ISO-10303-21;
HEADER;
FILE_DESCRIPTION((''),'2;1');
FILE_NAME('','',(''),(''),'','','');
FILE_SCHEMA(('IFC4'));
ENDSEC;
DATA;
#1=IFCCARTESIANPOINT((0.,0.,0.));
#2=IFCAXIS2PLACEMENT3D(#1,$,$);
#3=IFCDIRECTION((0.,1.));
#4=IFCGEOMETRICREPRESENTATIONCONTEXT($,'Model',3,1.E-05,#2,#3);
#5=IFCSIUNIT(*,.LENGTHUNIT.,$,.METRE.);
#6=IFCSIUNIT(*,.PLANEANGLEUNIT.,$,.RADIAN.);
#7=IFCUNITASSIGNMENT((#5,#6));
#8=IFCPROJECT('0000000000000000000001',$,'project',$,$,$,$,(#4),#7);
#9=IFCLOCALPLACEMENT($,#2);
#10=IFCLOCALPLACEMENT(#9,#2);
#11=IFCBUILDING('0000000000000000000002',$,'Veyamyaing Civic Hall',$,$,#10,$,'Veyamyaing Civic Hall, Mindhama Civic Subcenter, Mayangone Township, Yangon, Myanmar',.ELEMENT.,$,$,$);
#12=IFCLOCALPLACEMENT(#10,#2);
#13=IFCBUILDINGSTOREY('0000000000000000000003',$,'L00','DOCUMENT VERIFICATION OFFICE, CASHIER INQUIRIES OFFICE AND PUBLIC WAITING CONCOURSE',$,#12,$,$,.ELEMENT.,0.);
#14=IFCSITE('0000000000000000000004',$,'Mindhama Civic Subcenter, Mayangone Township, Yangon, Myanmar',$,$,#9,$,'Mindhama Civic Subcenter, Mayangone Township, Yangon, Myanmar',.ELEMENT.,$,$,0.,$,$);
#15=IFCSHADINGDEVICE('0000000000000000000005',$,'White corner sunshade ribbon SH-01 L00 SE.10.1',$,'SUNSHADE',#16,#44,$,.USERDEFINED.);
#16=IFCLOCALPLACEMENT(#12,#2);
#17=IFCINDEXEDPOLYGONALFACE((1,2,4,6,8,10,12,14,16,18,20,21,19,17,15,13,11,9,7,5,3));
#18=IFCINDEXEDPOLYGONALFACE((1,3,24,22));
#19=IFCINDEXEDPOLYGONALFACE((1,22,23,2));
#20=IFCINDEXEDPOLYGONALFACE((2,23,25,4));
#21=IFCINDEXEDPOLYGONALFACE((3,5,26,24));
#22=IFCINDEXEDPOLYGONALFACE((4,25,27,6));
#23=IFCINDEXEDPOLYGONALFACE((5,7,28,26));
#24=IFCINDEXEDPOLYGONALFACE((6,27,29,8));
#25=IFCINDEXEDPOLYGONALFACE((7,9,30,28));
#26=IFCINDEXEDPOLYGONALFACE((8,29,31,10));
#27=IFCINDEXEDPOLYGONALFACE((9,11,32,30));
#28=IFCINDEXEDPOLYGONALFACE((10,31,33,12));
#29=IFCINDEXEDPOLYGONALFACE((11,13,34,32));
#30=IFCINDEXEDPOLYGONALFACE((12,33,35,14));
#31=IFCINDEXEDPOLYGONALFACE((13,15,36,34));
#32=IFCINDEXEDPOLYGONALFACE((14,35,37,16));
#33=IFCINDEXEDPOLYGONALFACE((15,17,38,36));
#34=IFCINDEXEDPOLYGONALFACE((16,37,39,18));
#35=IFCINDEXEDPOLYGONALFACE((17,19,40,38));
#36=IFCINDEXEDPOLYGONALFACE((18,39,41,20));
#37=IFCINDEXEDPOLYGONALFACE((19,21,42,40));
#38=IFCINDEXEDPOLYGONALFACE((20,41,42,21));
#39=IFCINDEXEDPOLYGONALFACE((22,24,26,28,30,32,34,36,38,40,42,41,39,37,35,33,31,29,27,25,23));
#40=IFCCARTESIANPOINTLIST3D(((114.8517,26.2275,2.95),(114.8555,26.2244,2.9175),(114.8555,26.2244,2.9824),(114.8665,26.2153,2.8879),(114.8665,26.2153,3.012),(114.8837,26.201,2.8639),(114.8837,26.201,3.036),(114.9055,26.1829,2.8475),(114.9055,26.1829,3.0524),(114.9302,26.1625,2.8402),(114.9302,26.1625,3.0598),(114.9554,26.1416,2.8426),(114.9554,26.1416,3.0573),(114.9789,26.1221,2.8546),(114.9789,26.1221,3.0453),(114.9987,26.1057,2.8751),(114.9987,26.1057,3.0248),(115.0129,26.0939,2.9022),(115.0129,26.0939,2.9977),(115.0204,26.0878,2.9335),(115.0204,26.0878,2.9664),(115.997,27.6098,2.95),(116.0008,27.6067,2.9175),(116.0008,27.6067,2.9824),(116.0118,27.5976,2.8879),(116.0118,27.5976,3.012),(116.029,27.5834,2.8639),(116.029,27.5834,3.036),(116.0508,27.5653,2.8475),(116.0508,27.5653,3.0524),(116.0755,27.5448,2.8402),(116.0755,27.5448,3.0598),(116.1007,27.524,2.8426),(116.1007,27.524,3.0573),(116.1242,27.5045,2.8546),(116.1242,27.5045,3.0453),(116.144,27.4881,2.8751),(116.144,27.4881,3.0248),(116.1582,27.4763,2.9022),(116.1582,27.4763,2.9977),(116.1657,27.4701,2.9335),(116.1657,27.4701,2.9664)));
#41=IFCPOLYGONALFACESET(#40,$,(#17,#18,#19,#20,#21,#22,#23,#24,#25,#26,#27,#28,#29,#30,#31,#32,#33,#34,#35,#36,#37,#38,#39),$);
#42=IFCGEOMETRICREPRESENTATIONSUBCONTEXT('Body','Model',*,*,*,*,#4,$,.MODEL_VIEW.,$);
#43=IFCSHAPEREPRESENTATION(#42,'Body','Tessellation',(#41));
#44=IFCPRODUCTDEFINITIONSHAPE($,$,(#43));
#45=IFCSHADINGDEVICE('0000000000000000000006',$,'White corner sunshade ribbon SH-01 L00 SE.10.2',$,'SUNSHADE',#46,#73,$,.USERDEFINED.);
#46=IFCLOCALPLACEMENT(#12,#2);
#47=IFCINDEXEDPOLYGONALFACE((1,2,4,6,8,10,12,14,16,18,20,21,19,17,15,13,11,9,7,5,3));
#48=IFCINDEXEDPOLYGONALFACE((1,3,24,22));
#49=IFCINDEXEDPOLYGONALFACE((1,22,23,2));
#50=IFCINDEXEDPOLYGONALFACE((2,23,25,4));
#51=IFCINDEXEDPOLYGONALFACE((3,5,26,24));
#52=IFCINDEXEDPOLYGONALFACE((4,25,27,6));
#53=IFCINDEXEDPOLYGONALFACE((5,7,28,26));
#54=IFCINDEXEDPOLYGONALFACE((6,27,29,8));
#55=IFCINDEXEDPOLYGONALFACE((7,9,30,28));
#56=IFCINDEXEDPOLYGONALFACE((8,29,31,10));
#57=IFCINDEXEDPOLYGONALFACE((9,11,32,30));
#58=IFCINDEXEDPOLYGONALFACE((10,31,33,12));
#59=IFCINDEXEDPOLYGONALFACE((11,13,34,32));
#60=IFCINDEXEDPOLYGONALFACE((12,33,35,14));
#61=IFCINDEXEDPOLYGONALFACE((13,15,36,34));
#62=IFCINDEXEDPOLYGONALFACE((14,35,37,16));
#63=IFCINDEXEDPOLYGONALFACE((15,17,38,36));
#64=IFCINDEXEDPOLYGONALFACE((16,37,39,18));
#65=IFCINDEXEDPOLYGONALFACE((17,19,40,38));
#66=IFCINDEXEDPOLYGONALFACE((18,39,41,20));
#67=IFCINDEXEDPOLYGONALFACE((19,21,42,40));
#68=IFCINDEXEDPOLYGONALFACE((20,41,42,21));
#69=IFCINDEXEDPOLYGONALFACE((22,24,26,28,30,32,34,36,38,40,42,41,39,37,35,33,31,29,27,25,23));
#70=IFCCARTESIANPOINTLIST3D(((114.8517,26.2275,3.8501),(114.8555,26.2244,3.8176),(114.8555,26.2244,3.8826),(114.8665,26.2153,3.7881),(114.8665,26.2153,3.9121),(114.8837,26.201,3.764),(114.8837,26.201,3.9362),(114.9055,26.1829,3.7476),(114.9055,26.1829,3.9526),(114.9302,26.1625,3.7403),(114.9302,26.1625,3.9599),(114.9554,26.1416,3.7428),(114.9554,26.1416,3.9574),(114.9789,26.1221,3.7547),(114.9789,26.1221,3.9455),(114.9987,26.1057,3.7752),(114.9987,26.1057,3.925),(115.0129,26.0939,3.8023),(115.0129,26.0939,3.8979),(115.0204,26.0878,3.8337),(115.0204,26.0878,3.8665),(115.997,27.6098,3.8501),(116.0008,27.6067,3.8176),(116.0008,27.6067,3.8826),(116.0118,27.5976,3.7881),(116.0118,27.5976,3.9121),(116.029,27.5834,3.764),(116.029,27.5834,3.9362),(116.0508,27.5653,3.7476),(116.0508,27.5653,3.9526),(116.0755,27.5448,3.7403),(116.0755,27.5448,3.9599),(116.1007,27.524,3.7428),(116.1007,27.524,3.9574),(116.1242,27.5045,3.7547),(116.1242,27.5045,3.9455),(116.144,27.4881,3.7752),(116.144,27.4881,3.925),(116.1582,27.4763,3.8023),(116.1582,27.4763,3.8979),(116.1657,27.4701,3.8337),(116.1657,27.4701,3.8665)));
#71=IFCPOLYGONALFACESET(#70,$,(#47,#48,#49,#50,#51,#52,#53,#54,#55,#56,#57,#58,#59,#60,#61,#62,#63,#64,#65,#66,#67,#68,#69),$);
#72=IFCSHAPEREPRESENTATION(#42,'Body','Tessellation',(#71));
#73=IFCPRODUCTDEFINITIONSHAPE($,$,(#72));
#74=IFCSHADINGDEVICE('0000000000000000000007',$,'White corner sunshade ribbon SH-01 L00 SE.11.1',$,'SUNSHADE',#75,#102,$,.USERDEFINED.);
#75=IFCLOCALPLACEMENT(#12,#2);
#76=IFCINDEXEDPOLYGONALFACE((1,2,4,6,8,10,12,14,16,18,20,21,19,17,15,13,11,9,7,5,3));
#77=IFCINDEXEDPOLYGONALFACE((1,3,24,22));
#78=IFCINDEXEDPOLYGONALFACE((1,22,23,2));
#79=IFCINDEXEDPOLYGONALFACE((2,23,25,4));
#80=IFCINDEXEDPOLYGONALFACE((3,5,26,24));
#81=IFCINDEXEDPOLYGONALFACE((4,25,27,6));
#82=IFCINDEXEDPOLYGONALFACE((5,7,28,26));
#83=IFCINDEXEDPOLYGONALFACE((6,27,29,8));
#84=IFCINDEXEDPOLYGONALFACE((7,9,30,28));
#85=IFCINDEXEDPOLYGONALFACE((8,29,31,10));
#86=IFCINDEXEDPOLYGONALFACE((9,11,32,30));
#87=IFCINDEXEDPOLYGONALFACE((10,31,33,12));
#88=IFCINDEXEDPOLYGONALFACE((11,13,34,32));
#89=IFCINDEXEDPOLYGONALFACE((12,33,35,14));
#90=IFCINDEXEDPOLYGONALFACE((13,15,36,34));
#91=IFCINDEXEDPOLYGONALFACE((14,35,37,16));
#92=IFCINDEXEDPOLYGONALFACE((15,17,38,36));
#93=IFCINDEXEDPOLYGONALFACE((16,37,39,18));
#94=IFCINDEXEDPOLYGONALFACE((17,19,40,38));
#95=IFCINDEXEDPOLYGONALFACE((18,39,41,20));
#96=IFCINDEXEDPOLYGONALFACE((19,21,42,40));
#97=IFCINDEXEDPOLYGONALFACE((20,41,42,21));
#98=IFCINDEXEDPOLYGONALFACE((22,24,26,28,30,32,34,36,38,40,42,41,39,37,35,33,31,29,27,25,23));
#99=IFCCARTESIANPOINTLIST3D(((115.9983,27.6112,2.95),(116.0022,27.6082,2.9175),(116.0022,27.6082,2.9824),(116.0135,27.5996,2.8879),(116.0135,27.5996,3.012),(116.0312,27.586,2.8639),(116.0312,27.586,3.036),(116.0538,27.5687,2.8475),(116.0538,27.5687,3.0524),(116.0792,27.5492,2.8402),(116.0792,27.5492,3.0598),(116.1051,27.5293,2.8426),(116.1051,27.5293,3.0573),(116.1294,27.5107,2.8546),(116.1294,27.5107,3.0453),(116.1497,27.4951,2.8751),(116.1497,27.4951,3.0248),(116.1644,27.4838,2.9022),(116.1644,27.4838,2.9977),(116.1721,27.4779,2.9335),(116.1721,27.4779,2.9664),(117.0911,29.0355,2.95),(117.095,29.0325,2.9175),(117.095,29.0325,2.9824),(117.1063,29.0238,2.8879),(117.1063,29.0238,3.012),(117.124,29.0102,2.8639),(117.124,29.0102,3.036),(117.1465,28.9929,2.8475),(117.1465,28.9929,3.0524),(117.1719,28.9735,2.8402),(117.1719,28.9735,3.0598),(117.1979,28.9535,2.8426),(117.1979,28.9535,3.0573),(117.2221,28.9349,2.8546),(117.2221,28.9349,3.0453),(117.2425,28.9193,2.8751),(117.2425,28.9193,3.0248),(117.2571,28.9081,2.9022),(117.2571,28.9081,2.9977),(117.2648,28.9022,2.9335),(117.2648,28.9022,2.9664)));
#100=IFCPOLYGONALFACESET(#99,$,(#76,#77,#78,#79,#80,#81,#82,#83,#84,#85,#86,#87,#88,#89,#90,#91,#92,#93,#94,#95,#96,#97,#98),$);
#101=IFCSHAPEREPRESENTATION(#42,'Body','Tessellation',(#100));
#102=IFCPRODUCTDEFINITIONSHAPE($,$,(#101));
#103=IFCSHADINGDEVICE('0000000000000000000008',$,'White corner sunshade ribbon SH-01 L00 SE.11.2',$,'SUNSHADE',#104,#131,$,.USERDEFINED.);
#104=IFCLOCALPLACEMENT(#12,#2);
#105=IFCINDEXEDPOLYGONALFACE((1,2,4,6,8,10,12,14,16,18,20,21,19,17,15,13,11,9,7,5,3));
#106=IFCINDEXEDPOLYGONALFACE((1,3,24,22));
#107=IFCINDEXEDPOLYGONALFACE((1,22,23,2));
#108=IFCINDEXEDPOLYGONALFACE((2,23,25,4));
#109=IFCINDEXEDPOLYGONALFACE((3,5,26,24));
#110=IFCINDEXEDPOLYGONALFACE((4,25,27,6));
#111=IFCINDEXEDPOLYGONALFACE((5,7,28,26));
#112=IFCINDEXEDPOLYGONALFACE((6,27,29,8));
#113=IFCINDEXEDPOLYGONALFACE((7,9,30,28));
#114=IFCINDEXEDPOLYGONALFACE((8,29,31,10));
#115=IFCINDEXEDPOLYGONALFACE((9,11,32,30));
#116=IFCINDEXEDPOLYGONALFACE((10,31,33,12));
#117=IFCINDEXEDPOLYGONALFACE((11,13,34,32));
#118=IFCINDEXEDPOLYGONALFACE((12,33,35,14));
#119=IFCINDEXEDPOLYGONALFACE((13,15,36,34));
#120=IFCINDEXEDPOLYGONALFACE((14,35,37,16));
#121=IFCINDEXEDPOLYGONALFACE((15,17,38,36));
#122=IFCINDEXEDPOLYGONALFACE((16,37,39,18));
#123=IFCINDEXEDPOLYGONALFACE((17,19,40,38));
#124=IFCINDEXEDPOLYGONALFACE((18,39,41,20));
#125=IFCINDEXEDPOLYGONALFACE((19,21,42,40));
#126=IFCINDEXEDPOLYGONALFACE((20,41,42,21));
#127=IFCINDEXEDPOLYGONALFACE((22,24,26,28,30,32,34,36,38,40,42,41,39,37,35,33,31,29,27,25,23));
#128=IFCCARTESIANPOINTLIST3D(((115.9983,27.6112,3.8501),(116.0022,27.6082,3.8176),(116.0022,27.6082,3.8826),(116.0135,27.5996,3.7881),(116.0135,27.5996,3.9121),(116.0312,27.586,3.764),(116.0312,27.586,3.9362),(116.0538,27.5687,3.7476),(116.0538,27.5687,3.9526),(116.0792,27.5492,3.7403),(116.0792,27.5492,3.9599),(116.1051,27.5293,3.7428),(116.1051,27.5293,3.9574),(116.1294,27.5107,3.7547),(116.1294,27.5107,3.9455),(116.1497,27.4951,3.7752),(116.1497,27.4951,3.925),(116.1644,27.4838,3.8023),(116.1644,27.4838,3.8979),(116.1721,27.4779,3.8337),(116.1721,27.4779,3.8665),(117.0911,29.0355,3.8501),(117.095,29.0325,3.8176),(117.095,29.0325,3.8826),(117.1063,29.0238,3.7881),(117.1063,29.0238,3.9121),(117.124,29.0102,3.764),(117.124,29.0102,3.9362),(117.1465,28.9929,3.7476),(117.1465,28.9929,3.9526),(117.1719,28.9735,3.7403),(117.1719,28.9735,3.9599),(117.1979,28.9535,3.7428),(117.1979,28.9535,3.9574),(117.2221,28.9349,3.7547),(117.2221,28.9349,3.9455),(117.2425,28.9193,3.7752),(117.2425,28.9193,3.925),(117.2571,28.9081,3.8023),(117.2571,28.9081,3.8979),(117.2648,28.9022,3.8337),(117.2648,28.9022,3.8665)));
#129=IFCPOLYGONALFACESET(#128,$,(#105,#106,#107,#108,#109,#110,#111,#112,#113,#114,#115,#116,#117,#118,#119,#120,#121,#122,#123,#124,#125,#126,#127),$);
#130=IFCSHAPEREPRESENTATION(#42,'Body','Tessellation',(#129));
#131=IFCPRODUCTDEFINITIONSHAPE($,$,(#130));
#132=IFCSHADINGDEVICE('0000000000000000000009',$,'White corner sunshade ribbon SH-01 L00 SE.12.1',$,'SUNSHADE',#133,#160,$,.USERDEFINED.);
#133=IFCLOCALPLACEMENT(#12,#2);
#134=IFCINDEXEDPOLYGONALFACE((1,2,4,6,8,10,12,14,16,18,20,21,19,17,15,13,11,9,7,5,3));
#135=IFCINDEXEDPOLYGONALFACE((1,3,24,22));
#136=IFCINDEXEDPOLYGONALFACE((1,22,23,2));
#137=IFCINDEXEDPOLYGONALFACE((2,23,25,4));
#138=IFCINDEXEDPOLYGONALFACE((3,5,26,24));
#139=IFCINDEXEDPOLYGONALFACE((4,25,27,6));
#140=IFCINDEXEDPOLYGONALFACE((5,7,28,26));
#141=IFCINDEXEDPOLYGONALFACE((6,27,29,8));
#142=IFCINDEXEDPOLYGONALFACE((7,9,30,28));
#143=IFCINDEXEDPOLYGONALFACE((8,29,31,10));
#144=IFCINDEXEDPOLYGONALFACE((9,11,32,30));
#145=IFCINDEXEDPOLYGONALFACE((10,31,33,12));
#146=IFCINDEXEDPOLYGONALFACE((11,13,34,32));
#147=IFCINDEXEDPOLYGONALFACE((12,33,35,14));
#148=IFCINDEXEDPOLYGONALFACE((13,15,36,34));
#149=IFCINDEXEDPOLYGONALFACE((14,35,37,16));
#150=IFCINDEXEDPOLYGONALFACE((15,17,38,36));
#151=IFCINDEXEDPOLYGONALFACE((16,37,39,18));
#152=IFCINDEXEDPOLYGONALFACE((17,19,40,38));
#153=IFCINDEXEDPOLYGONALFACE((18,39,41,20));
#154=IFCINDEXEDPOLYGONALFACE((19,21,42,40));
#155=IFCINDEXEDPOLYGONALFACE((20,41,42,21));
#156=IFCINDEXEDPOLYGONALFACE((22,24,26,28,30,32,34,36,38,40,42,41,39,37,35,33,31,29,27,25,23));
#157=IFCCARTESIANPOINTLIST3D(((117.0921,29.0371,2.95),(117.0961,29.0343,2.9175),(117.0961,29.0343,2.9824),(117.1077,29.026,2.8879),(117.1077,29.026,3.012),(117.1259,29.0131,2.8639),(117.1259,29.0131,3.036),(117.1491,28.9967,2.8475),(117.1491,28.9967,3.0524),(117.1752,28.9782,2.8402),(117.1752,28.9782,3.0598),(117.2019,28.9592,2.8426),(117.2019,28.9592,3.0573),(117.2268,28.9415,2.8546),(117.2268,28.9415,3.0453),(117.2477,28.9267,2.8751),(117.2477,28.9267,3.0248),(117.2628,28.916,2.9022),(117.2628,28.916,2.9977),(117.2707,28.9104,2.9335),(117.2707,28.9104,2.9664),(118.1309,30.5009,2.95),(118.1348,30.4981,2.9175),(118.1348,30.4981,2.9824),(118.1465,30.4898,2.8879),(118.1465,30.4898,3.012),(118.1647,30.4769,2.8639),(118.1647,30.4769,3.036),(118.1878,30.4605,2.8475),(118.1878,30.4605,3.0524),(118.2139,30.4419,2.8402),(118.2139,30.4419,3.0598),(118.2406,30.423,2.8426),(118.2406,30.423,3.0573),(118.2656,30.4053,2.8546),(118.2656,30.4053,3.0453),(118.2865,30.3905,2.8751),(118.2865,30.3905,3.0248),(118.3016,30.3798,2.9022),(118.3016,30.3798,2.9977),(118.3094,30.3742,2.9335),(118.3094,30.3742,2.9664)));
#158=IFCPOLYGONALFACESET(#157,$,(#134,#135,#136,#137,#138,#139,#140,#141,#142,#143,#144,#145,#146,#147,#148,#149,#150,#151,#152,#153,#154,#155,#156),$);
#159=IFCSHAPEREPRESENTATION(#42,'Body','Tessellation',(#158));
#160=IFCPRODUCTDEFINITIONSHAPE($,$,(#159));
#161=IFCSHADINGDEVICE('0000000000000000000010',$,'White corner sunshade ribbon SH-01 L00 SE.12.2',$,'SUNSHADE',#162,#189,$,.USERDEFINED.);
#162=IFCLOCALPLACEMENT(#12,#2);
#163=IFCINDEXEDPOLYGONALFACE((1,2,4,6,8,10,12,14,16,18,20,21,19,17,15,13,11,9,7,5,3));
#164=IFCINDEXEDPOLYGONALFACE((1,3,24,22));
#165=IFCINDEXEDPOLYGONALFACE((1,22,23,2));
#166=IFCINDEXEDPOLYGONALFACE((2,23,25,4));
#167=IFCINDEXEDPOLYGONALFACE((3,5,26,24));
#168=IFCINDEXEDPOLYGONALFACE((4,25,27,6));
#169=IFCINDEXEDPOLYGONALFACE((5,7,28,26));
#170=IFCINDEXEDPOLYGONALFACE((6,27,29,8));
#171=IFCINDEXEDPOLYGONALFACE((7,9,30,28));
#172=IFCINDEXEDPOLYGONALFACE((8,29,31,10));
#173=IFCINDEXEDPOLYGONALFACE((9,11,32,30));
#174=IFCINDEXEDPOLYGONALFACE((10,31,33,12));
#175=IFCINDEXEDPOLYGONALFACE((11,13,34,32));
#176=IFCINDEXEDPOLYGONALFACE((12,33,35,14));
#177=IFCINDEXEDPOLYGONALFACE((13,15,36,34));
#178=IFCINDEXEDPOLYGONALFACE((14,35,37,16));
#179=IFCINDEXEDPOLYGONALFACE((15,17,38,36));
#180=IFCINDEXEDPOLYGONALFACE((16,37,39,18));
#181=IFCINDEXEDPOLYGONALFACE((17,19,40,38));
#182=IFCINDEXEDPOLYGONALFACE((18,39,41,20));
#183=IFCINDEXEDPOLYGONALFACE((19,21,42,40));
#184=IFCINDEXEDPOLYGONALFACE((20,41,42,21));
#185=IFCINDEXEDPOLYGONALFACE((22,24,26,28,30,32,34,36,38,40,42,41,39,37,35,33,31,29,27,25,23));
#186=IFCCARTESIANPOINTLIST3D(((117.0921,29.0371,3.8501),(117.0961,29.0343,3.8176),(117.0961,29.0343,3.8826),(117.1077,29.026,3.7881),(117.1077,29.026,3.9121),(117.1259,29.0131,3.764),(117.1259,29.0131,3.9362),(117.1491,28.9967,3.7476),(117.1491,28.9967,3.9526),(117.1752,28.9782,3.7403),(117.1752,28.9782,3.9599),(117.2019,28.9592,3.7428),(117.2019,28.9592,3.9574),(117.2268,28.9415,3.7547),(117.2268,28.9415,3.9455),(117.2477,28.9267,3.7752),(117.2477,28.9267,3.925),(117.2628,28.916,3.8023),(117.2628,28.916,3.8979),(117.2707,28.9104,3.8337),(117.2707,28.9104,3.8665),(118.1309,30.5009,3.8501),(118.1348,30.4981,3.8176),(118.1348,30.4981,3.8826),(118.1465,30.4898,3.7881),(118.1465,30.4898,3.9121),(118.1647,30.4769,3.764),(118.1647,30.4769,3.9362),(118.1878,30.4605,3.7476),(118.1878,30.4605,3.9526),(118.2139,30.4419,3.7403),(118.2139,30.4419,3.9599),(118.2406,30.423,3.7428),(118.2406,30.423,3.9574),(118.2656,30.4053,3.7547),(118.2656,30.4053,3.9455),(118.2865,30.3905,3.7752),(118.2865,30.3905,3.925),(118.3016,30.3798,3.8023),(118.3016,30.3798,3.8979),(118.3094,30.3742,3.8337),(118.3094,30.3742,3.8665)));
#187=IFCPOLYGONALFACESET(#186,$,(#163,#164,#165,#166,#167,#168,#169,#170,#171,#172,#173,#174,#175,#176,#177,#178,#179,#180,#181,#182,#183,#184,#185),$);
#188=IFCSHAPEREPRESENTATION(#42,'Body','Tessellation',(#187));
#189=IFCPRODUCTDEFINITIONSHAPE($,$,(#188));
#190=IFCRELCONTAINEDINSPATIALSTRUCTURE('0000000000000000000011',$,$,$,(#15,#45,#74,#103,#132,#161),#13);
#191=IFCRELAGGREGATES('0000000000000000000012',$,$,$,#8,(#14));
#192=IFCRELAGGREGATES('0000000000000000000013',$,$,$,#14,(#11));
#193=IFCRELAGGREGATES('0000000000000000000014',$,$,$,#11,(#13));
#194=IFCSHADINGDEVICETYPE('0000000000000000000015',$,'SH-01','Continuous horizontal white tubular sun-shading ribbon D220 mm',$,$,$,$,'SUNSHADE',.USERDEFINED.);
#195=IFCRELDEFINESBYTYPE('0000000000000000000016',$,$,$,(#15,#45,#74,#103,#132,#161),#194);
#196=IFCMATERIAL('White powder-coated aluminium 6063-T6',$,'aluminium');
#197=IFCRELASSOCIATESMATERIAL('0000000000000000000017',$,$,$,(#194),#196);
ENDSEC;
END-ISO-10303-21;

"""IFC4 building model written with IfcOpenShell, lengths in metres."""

from ifc_helpers import new_model, si_unit, direction, frame, origin, origin_2d, place, context, subcontext, project, spatial, circle, extrude, material, material_profile, profile_set, type_object, element, save


model = new_model("IFC4")

# Units and contexts
model_context = context("Model", 3, precision=1e-05, world=origin(), true_north=direction((0.0, 1.0)))
body_context = subcontext(model_context, "Body", "Model", "MODEL_VIEW")
ifc_project = project(units=[si_unit("LENGTHUNIT", "METRE"), si_unit("PLANEANGLEUNIT", "RADIAN")], contexts=[model_context])

# Site, building, storey
site_placement = place(None, origin())
site = spatial("IfcSite", under=ifc_project, at=site_placement, Name="Mindhama Civic Subcenter, Mayangone Township, Yangon, Myanmar", LongName="Mindhama Civic Subcenter, Mayangone Township, Yangon, Myanmar", CompositionType="ELEMENT", RefElevation=0.0)
building_placement = place(site_placement, origin())
building = spatial("IfcBuilding", under=site, at=building_placement, Name="Veyamyaing Civic Hall", LongName="Veyamyaing Civic Hall, Mindhama Civic Subcenter, Mayangone Township, Yangon, Myanmar", CompositionType="ELEMENT")
storey_placement = place(building_placement, origin())
storey = spatial("IfcBuildingStorey", under=building, at=storey_placement, Name="L00", Description="DOCUMENT VERIFICATION OFFICE, CASHIER INQUIRIES OFFICE AND PUBLIC WAITING CONCOURSE", CompositionType="ELEMENT", Elevation=0.0)

# Shared definitions
ifc_material_1 = material(Name="White powder-coated aluminium 6063-T6", Category="aluminium")

# Shading devices
ifc_material_profile_1 = material_profile(ifc_material_1, circle(Radius=0.1101, at=origin_2d()), Name="SHADE-TUBE-220")
ifc_profile_set_1 = profile_set([ifc_material_profile_1], Name="White powder-coated aluminium 6063-T6")
shading_device_type = type_object("IfcShadingDeviceType", Name="SH-01", Description="Continuous horizontal white tubular sun-shading ribbon D220 mm", ElementType="SUNSHADE", PredefinedType="USERDEFINED", material=ifc_profile_set_1)
for number, where, z_axis, x_axis, name in (
    (1, (114.9365, 26.1572, 2.95), (0.637988, 0.770046, 0.0), (-0.770046, 0.637988, 0.0), "White corner sunshade ribbon SH-01 L00 SE.10.1"),
    (2, (114.9365, 26.1572, 3.8501), (0.637988, 0.770046, 0.0), (-0.770046, 0.637988, 0.0), "White corner sunshade ribbon SH-01 L00 SE.10.2"),
    (3, (116.0857, 27.5442, 2.95), (0.608711, 0.793392, 0.0), (-0.793392, 0.608711, 0.0), "White corner sunshade ribbon SH-01 L00 SE.11.1"),
    (4, (116.0857, 27.5442, 3.8501), (0.608711, 0.793392, 0.0), (-0.793392, 0.608711, 0.0), "White corner sunshade ribbon SH-01 L00 SE.11.2"),
):
    element("IfcShadingDevice", number, at=place(storey_placement, frame(where, z_axis=z_axis, x_axis=x_axis)), inside=storey, type_object=shading_device_type, Name=name, ObjectType="SUNSHADE", PredefinedType="USERDEFINED", context=body_context, shape_type="SweptSolid", body=[
        extrude(circle(Radius=0.1101, at=origin_2d()), origin(), (0.0, 0.0, 1.0), 1.7952),
    ])
for number, where, z_axis, x_axis, name in (
    (5, (117.1819, 28.9734, 2.95), (0.578727, 0.815522, 0.0), (-0.815522, 0.578727, 0.0), "White corner sunshade ribbon SH-01 L00 SE.12.1"),
    (6, (117.1819, 28.9734, 3.8501), (0.578727, 0.815522, 0.0), (-0.815522, 0.578727, 0.0), "White corner sunshade ribbon SH-01 L00 SE.12.2"),
):
    element("IfcShadingDevice", number, at=place(storey_placement, frame(where, z_axis=z_axis, x_axis=x_axis)), inside=storey, type_object=shading_device_type, Name=name, ObjectType="SUNSHADE", PredefinedType="USERDEFINED", context=body_context, shape_type="SweptSolid", body=[
        extrude(circle(Radius=0.1101, at=origin_2d()), origin(), (0.0, 0.0, 1.0), 1.7949),
    ])

save(model, "model.ifc")
